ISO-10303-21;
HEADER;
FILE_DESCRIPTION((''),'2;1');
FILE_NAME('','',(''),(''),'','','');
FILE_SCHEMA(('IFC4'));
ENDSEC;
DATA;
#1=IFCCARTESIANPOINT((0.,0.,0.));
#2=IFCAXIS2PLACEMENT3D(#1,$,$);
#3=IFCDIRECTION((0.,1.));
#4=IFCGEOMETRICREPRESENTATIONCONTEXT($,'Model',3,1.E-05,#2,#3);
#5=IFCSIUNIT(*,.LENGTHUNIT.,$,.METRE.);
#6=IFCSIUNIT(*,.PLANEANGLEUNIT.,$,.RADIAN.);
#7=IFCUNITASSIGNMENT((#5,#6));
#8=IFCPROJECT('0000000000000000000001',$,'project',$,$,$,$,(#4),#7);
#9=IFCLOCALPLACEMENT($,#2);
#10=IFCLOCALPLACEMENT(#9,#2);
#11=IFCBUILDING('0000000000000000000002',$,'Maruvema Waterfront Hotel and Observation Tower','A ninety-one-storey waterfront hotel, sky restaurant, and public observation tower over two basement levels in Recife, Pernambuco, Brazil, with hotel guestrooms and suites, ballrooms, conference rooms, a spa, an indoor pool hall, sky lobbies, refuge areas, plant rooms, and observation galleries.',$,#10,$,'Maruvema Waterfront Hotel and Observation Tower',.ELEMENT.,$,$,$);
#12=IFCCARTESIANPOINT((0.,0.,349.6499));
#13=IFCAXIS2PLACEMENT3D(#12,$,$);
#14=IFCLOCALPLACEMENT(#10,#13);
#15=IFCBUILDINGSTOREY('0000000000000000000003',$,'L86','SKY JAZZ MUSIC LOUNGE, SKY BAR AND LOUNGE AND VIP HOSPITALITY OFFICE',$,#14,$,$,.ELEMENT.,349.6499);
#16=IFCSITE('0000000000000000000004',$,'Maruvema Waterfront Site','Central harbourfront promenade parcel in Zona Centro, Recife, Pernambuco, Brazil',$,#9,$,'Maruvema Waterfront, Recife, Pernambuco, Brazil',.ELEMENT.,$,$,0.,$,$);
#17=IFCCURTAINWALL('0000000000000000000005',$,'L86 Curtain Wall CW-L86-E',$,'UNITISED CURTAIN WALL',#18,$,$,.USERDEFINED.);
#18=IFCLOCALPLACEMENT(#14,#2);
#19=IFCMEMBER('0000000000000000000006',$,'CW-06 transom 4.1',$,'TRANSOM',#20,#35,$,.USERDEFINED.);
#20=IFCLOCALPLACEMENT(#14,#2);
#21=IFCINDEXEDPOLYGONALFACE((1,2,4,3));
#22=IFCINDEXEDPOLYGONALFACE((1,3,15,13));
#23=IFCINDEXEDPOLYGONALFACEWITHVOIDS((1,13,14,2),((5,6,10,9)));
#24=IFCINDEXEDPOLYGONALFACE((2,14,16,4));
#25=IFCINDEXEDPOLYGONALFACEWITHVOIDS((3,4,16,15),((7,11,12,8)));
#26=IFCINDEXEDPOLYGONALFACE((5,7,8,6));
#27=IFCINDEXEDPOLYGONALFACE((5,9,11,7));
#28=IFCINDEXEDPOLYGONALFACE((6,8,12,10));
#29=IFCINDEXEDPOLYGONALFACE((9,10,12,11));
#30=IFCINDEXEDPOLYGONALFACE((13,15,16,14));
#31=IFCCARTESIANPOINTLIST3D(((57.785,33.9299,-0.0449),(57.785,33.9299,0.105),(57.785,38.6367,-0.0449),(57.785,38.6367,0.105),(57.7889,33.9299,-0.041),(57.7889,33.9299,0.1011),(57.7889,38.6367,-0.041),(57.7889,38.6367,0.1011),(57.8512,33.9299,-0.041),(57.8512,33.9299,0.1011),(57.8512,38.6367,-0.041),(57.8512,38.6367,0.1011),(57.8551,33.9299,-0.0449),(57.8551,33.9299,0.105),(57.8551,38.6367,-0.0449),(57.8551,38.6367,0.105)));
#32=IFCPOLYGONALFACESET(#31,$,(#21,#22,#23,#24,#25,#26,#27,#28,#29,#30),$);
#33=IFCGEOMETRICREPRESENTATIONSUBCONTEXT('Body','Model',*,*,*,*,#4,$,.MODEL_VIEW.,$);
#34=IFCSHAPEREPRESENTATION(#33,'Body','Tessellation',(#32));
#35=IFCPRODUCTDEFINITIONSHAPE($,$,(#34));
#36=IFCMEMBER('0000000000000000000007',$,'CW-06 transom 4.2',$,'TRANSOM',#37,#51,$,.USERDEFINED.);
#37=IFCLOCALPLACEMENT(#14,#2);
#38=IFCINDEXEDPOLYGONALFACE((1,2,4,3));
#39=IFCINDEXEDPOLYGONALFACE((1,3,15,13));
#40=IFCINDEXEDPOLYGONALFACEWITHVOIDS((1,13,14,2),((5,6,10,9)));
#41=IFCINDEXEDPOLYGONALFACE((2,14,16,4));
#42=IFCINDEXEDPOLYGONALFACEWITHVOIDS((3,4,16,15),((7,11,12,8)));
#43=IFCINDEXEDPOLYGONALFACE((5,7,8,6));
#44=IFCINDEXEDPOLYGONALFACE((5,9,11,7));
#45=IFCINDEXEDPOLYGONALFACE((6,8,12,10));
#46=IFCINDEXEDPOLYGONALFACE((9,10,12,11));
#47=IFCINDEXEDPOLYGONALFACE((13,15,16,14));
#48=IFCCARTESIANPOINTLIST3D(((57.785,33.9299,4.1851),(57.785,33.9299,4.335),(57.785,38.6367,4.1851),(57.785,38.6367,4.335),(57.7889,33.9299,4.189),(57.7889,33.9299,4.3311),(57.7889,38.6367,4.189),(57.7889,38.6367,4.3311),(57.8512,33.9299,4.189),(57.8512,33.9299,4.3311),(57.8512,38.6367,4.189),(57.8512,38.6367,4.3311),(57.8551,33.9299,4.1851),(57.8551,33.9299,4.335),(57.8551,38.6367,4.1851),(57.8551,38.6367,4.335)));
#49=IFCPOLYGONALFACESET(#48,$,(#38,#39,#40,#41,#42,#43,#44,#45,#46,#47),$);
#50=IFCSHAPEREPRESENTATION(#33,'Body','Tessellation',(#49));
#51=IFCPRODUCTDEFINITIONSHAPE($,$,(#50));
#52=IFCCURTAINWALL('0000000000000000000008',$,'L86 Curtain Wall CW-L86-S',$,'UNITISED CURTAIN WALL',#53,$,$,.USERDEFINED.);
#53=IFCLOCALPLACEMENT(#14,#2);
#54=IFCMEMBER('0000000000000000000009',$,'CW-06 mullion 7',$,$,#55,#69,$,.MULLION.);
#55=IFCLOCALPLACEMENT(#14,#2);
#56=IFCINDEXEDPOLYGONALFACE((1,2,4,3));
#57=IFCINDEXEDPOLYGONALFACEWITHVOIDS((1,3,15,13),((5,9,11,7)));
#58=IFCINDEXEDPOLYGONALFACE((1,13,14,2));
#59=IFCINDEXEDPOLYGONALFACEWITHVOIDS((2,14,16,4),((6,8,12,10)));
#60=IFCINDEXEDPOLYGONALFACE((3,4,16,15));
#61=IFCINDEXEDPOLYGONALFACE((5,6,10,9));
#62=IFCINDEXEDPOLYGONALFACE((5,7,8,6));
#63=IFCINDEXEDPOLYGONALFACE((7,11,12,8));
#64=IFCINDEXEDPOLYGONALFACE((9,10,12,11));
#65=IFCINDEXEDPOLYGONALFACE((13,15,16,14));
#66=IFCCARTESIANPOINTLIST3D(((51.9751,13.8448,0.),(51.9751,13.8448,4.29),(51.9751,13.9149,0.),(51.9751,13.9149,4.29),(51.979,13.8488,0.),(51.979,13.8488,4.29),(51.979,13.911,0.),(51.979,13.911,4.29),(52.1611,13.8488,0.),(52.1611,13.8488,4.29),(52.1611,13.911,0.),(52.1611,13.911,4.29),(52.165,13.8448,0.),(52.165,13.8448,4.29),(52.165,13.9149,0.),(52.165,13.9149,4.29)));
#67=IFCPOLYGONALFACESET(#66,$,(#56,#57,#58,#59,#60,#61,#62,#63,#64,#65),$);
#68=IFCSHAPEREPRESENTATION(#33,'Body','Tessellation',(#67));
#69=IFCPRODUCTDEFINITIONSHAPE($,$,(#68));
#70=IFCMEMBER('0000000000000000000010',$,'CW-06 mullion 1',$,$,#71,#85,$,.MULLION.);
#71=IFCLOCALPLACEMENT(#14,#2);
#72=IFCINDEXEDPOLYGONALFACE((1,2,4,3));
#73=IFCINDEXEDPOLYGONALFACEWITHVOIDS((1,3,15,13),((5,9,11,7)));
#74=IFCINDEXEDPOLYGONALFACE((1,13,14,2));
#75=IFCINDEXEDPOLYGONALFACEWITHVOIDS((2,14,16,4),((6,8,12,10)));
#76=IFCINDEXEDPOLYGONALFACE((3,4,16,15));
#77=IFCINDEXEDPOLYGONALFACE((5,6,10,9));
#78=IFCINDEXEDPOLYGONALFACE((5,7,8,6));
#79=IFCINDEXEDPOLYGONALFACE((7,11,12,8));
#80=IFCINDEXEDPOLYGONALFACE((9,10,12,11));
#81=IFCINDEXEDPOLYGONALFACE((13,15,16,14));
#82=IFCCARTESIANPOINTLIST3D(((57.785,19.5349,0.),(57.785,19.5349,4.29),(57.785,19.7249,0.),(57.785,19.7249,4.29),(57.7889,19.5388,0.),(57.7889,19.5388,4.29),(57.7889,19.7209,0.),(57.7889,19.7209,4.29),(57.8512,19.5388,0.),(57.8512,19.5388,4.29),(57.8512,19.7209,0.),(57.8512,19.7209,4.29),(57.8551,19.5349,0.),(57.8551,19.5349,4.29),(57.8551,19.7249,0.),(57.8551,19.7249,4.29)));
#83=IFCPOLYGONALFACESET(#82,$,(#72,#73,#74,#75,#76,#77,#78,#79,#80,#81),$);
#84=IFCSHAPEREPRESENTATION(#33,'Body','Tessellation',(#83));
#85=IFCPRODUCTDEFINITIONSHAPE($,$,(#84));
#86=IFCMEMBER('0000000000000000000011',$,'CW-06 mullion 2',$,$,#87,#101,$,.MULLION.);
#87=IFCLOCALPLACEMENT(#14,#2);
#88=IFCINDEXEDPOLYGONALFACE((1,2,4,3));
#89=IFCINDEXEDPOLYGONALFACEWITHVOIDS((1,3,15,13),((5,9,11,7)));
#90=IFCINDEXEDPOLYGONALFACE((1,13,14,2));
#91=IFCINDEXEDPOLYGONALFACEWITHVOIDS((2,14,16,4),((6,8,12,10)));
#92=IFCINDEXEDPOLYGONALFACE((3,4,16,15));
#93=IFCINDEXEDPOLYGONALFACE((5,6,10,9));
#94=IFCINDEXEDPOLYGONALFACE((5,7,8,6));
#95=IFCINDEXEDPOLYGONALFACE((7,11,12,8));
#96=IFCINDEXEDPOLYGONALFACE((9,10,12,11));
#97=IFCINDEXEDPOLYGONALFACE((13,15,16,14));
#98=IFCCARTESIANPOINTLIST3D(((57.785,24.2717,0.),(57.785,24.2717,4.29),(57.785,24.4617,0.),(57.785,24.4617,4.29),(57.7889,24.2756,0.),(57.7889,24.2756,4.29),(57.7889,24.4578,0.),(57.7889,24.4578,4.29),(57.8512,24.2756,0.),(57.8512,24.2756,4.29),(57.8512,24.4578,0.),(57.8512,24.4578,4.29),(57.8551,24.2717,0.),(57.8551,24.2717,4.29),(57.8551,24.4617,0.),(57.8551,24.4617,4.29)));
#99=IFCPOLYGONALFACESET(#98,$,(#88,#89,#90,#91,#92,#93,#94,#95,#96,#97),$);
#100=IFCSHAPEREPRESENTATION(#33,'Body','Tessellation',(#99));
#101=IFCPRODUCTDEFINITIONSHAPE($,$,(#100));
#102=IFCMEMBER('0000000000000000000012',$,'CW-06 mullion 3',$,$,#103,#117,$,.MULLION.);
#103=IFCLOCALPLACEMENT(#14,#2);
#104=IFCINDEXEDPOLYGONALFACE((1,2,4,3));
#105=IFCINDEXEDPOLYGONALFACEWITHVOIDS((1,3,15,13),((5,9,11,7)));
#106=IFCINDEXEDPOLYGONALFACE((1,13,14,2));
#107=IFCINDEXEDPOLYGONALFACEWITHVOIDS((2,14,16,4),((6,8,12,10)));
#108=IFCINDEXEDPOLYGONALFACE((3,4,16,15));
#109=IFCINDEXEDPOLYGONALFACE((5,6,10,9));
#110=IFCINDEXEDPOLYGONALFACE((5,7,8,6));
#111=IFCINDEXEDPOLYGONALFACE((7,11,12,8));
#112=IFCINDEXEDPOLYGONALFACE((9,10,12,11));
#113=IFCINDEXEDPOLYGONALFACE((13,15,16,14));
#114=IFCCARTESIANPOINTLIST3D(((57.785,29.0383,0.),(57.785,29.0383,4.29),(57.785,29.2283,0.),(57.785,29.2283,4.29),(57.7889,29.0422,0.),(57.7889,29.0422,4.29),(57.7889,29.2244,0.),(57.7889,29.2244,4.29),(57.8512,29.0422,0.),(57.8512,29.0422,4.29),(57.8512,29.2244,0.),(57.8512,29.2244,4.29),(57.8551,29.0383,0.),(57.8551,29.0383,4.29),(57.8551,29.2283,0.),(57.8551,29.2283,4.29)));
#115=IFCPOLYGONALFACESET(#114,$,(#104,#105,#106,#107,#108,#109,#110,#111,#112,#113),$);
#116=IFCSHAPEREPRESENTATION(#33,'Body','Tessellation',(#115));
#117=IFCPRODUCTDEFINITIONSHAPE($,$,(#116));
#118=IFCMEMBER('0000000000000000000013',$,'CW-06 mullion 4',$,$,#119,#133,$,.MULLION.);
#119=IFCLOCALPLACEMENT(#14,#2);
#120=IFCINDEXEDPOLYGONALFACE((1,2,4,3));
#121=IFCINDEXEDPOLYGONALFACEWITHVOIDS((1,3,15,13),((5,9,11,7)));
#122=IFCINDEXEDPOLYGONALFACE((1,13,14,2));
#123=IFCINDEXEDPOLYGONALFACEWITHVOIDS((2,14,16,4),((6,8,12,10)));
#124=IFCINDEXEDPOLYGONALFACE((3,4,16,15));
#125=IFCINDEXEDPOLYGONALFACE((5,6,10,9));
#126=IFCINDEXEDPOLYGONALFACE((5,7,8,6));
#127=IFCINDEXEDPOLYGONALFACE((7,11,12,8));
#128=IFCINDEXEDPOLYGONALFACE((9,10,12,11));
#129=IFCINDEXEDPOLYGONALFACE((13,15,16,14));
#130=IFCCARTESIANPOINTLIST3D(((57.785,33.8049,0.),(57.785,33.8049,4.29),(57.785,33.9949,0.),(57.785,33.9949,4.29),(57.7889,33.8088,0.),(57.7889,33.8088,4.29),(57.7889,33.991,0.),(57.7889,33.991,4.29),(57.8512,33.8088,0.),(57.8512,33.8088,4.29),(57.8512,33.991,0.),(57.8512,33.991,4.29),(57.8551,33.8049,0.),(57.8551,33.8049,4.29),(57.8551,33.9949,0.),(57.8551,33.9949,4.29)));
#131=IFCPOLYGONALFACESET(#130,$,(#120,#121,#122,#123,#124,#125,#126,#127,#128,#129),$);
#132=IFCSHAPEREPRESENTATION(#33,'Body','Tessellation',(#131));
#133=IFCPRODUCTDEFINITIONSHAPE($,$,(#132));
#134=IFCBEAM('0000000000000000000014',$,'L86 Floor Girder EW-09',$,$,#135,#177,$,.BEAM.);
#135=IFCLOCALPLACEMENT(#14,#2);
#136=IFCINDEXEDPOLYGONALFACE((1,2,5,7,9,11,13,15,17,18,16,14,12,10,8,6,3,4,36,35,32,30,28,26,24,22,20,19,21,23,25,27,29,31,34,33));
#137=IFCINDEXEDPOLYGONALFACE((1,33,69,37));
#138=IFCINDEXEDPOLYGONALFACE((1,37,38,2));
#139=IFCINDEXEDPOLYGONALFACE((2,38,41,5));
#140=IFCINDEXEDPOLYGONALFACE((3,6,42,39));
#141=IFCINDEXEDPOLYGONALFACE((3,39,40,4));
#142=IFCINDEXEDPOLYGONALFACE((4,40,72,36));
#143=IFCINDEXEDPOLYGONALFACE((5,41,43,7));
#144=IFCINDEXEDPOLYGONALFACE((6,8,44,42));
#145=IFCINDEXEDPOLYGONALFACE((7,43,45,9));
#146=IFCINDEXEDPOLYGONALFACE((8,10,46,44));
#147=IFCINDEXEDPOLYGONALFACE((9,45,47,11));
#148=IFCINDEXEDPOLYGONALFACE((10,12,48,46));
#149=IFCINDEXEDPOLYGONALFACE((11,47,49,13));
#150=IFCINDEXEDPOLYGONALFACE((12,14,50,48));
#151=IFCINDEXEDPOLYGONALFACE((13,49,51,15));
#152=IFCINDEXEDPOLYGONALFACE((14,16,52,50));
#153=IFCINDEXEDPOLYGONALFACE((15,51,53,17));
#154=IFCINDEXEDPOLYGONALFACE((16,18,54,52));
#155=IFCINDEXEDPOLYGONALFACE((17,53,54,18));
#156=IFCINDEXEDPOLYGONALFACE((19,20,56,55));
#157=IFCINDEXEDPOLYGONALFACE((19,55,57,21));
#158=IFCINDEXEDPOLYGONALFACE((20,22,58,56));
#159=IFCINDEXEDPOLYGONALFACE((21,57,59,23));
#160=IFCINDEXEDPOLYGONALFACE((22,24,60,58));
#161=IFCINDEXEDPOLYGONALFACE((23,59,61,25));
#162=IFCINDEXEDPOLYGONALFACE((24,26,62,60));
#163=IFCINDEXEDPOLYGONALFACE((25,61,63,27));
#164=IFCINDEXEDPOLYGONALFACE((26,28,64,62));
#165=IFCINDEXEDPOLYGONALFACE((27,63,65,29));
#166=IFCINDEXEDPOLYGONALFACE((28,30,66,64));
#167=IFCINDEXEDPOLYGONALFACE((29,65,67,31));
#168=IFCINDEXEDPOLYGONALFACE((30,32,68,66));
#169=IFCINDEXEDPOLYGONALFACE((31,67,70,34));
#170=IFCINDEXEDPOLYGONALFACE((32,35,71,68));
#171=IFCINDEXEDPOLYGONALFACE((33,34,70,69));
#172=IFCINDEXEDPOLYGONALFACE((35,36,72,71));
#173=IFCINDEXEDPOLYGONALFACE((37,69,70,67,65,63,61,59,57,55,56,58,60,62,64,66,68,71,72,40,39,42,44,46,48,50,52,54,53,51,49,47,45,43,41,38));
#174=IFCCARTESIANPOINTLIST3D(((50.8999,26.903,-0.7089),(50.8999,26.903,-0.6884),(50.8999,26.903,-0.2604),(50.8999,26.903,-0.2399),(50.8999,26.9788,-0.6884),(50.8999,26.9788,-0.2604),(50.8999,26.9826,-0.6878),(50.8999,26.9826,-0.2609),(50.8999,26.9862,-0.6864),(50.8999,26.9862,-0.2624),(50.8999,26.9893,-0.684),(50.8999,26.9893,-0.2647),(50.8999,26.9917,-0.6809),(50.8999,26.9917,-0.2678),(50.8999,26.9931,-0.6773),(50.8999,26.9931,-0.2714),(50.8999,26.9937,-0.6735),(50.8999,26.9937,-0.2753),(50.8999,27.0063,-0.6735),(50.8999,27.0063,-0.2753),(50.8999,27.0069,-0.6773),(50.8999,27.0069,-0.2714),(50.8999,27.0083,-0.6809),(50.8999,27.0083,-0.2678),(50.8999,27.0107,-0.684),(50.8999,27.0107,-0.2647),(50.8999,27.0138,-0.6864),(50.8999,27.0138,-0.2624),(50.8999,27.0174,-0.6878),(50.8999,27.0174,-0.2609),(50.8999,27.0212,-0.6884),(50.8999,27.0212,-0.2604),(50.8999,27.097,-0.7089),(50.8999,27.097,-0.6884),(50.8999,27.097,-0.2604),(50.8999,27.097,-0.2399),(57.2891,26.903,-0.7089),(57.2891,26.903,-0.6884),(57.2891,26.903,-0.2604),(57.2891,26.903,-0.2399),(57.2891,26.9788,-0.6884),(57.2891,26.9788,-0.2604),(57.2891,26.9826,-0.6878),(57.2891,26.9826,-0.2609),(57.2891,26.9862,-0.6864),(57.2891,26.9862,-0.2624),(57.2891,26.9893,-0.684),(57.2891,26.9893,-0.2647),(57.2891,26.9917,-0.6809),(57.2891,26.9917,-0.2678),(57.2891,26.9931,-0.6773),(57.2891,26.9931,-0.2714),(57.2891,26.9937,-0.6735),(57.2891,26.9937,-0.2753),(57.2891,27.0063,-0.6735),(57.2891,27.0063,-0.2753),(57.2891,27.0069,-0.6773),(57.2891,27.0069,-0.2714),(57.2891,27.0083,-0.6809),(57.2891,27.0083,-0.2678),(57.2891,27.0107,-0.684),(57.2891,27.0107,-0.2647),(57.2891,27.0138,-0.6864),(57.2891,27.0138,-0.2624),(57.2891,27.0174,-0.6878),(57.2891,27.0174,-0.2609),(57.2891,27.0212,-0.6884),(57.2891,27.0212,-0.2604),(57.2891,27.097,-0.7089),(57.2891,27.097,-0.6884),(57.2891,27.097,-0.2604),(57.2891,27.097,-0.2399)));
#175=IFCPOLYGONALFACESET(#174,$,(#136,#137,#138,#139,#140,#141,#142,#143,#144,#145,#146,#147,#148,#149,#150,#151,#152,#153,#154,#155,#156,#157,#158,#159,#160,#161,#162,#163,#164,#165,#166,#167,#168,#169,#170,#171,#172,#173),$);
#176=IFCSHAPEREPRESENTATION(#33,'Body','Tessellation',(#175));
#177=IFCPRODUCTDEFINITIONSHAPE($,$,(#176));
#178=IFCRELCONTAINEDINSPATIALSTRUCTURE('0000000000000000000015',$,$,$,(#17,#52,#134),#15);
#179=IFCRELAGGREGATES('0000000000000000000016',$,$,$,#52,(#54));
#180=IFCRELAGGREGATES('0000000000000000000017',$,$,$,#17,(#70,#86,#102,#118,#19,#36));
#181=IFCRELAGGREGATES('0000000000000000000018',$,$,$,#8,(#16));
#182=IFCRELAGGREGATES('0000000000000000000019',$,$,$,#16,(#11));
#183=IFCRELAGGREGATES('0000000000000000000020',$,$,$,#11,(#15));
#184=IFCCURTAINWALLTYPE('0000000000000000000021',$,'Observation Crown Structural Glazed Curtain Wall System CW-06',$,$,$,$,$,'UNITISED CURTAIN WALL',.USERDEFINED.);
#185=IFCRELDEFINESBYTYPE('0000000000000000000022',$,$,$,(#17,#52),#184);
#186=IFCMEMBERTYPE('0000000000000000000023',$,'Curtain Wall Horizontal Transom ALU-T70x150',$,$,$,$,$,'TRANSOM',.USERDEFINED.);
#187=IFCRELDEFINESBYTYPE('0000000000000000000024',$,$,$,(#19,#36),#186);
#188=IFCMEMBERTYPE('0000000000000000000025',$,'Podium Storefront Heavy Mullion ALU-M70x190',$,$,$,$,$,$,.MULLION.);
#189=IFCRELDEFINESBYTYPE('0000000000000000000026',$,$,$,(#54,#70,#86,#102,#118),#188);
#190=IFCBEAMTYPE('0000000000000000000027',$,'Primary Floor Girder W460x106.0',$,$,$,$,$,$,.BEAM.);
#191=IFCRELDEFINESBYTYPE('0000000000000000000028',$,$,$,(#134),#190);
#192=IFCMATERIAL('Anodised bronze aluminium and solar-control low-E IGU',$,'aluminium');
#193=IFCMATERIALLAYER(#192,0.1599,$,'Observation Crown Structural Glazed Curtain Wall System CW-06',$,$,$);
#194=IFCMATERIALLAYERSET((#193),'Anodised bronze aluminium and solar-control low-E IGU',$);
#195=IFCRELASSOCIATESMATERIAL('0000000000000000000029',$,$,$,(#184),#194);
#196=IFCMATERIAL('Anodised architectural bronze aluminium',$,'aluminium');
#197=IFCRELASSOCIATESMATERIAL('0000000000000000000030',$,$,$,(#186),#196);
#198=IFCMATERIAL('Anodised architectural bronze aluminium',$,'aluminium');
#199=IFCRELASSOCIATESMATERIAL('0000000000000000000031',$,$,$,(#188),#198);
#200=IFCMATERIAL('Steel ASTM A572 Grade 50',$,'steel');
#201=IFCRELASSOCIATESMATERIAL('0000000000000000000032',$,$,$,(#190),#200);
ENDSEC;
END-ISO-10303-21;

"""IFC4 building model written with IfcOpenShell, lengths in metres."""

from ifc_helpers import new_model, si_unit, direction, frame, origin, origin_2d, place, context, subcontext, project, spatial, hollow_rectangle, i_section, extrude, material, layer, layer_set, material_profile, profile_set, type_object, element, aggregate, save


model = new_model("IFC4")

# Units and contexts
model_context = context("Model", 3, precision=1e-05, world=origin(), true_north=direction((0.0, 1.0)))
body_context = subcontext(model_context, "Body", "Model", "MODEL_VIEW")
ifc_project = project(units=[si_unit("LENGTHUNIT", "METRE"), si_unit("PLANEANGLEUNIT", "RADIAN")], contexts=[model_context])

# Site, building, storey
site_placement = place(None, origin())
site = spatial("IfcSite", under=ifc_project, at=site_placement, Name="Maruvema Waterfront Site", Description="Central harbourfront promenade parcel in Zona Centro, Recife, Pernambuco, Brazil", LongName="Maruvema Waterfront, Recife, Pernambuco, Brazil", CompositionType="ELEMENT", RefElevation=0.0)
building_placement = place(site_placement, origin())
building = spatial("IfcBuilding", under=site, at=building_placement, Name="Maruvema Waterfront Hotel and Observation Tower", Description="A ninety-one-storey waterfront hotel, sky restaurant, and public observation tower over two basement levels in Recife, Pernambuco, Brazil, with hotel guestrooms and suites, ballrooms, conference rooms, a spa, an indoor pool hall, sky lobbies, refuge areas, plant rooms, and observation galleries.", LongName="Maruvema Waterfront Hotel and Observation Tower", CompositionType="ELEMENT")
storey_placement = place(building_placement, frame((0.0, 0.0, 349.6499)))
storey = spatial("IfcBuildingStorey", under=building, at=storey_placement, Name="L86", Description="SKY JAZZ MUSIC LOUNGE, SKY BAR AND LOUNGE AND VIP HOSPITALITY OFFICE", CompositionType="ELEMENT", Elevation=349.6499)

# Curtain wall, members
ifc_material_1 = material(Name="Anodised bronze aluminium and solar-control low-E IGU", Category="aluminium")
ifc_layer_1 = layer(ifc_material_1, 0.1599, Name="Observation Crown Structural Glazed Curtain Wall System CW-06")
ifc_layer_set_1 = layer_set([ifc_layer_1], Name="Anodised bronze aluminium and solar-control low-E IGU")
curtain_wall_type = type_object("IfcCurtainWallType", Name="Observation Crown Structural Glazed Curtain Wall System CW-06", ElementType="UNITISED CURTAIN WALL", PredefinedType="USERDEFINED", material=ifc_layer_set_1)
curtain_wall_1_placement = place(storey_placement, origin())
curtain_wall_1 = element("IfcCurtainWall", 1, at=curtain_wall_1_placement, inside=storey, type_object=curtain_wall_type, Name="L86 Curtain Wall CW-L86-E", ObjectType="UNITISED CURTAIN WALL", PredefinedType="USERDEFINED")
ifc_material_2 = material(Name="Anodised architectural bronze aluminium", Category="aluminium")
ifc_material_profile_1 = material_profile(ifc_material_2, hollow_rectangle(XDim=0.0701, YDim=0.1499, WallThickness=0.0039, at=origin_2d()), Name="ALU-T70x150")
ifc_profile_set_1 = profile_set([ifc_material_profile_1], Name="Anodised architectural bronze aluminium")
member_type_1 = type_object("IfcMemberType", Name="Curtain Wall Horizontal Transom ALU-T70x150", ElementType="TRANSOM", PredefinedType="USERDEFINED", material=ifc_profile_set_1)
member_1_placement = place(storey_placement, frame((57.8201, 33.9299, 0.03), z_axis=(0.0, 1.0, 0.0), x_axis=(-1.0, 0.0, 0.0)))
member_1 = element("IfcMember", 2, at=member_1_placement, type_object=member_type_1, Name="CW-06 transom 4.1", ObjectType="TRANSOM", PredefinedType="USERDEFINED", context=body_context, shape_type="SweptSolid", body=[
    extrude(hollow_rectangle(XDim=0.0701, YDim=0.1499, WallThickness=0.0039, at=origin_2d()), origin(), (0.0, 0.0, 1.0), 4.7068),
])
member_2_placement = place(storey_placement, frame((57.8201, 33.9299, 4.26), z_axis=(0.0, 1.0, 0.0), x_axis=(-1.0, 0.0, 0.0)))
member_2 = element("IfcMember", 3, at=member_2_placement, type_object=member_type_1, Name="CW-06 transom 4.2", ObjectType="TRANSOM", PredefinedType="USERDEFINED", context=body_context, shape_type="SweptSolid", body=[
    extrude(hollow_rectangle(XDim=0.0701, YDim=0.1499, WallThickness=0.0039, at=origin_2d()), origin(), (0.0, 0.0, 1.0), 4.7068),
])

# Curtain wall, member
curtain_wall_2_placement = place(storey_placement, origin())
curtain_wall_2 = element("IfcCurtainWall", 4, at=curtain_wall_2_placement, inside=storey, type_object=curtain_wall_type, Name="L86 Curtain Wall CW-L86-S", ObjectType="UNITISED CURTAIN WALL", PredefinedType="USERDEFINED")
ifc_material_3 = material(Name="Anodised architectural bronze aluminium", Category="aluminium")
ifc_material_profile_2 = material_profile(ifc_material_3, hollow_rectangle(XDim=0.0701, YDim=0.1899, WallThickness=0.0039, at=origin_2d()), Name="ALU-M70x190")
ifc_profile_set_2 = profile_set([ifc_material_profile_2], Name="Anodised architectural bronze aluminium")
member_type_2 = type_object("IfcMemberType", Name="Podium Storefront Heavy Mullion ALU-M70x190", PredefinedType="MULLION", material=ifc_profile_set_2)
member_3_placement = place(storey_placement, frame((52.0701, 13.8799, 0.0), z_axis=(0.0, 0.0, 1.0), x_axis=(0.0, 1.0, 0.0)))
member_3 = element("IfcMember", 5, at=member_3_placement, type_object=member_type_2, Name="CW-06 mullion 7", PredefinedType="MULLION", context=body_context, shape_type="SweptSolid", body=[
    extrude(hollow_rectangle(XDim=0.0701, YDim=0.1899, WallThickness=0.0039, at=origin_2d()), origin(), (0.0, 0.0, 1.0), 4.29),
])
aggregate(curtain_wall_2, [member_3])

# Members
member_4_placement = place(storey_placement, frame((57.8201, 19.6299, 0.0), z_axis=(0.0, 0.0, 1.0), x_axis=(-1.0, 0.0, 0.0)))
member_4 = element("IfcMember", 6, at=member_4_placement, type_object=member_type_2, Name="CW-06 mullion 1", PredefinedType="MULLION", context=body_context, shape_type="SweptSolid", body=[
    extrude(hollow_rectangle(XDim=0.0701, YDim=0.1899, WallThickness=0.0039, at=origin_2d()), origin(), (0.0, 0.0, 1.0), 4.29),
])
member_5_placement = place(storey_placement, frame((57.8201, 24.3667, 0.0), z_axis=(0.0, 0.0, 1.0), x_axis=(-1.0, 0.0, 0.0)))
member_5 = element("IfcMember", 7, at=member_5_placement, type_object=member_type_2, Name="CW-06 mullion 2", PredefinedType="MULLION", context=body_context, shape_type="SweptSolid", body=[
    extrude(hollow_rectangle(XDim=0.0701, YDim=0.1899, WallThickness=0.0039, at=origin_2d()), origin(), (0.0, 0.0, 1.0), 4.29),
])
member_6_placement = place(storey_placement, frame((57.8201, 29.1333, 0.0), z_axis=(0.0, 0.0, 1.0), x_axis=(-1.0, 0.0, 0.0)))
member_6 = element("IfcMember", 8, at=member_6_placement, type_object=member_type_2, Name="CW-06 mullion 3", PredefinedType="MULLION", context=body_context, shape_type="SweptSolid", body=[
    extrude(hollow_rectangle(XDim=0.0701, YDim=0.1899, WallThickness=0.0039, at=origin_2d()), origin(), (0.0, 0.0, 1.0), 4.29),
])
member_7_placement = place(storey_placement, frame((57.8201, 33.8999, 0.0), z_axis=(0.0, 0.0, 1.0), x_axis=(-1.0, 0.0, 0.0)))
member_7 = element("IfcMember", 9, at=member_7_placement, type_object=member_type_2, Name="CW-06 mullion 4", PredefinedType="MULLION", context=body_context, shape_type="SweptSolid", body=[
    extrude(hollow_rectangle(XDim=0.0701, YDim=0.1899, WallThickness=0.0039, at=origin_2d()), origin(), (0.0, 0.0, 1.0), 4.29),
])

# Beam
ifc_material_4 = material(Name="Steel ASTM A572 Grade 50", Category="steel")
ifc_material_profile_3 = material_profile(ifc_material_4, i_section(OverallWidth=0.1941, OverallDepth=0.469, WebThickness=0.0127, FlangeThickness=0.0205, FilletRadius=0.0149, at=origin_2d()), Name="W460x106.0")
ifc_profile_set_3 = profile_set([ifc_material_profile_3], Name="Steel ASTM A572 Grade 50")
beam_type_1 = type_object("IfcBeamType", Name="Primary Floor Girder W460x106.0", PredefinedType="BEAM", material=ifc_profile_set_3)
beam_1_placement = place(storey_placement, frame((50.8999, 27.0, -0.4744), z_axis=(1.0, 0.0, 0.0), x_axis=(0.0, 1.0, 0.0)))
element("IfcBeam", 10, at=beam_1_placement, inside=storey, type_object=beam_type_1, Name="L86 Floor Girder EW-09", PredefinedType="BEAM", context=body_context, shape_type="SweptSolid", body=[
    extrude(i_section(OverallWidth=0.1941, OverallDepth=0.469, WebThickness=0.0127, FlangeThickness=0.0205, FilletRadius=0.0149, at=origin_2d()), origin(), (0.0, 0.0, 1.0), 6.3892),
])

aggregate(curtain_wall_1, [member_4, member_5, member_6, member_7, member_1, member_2])

save(model, "model.ifc")
